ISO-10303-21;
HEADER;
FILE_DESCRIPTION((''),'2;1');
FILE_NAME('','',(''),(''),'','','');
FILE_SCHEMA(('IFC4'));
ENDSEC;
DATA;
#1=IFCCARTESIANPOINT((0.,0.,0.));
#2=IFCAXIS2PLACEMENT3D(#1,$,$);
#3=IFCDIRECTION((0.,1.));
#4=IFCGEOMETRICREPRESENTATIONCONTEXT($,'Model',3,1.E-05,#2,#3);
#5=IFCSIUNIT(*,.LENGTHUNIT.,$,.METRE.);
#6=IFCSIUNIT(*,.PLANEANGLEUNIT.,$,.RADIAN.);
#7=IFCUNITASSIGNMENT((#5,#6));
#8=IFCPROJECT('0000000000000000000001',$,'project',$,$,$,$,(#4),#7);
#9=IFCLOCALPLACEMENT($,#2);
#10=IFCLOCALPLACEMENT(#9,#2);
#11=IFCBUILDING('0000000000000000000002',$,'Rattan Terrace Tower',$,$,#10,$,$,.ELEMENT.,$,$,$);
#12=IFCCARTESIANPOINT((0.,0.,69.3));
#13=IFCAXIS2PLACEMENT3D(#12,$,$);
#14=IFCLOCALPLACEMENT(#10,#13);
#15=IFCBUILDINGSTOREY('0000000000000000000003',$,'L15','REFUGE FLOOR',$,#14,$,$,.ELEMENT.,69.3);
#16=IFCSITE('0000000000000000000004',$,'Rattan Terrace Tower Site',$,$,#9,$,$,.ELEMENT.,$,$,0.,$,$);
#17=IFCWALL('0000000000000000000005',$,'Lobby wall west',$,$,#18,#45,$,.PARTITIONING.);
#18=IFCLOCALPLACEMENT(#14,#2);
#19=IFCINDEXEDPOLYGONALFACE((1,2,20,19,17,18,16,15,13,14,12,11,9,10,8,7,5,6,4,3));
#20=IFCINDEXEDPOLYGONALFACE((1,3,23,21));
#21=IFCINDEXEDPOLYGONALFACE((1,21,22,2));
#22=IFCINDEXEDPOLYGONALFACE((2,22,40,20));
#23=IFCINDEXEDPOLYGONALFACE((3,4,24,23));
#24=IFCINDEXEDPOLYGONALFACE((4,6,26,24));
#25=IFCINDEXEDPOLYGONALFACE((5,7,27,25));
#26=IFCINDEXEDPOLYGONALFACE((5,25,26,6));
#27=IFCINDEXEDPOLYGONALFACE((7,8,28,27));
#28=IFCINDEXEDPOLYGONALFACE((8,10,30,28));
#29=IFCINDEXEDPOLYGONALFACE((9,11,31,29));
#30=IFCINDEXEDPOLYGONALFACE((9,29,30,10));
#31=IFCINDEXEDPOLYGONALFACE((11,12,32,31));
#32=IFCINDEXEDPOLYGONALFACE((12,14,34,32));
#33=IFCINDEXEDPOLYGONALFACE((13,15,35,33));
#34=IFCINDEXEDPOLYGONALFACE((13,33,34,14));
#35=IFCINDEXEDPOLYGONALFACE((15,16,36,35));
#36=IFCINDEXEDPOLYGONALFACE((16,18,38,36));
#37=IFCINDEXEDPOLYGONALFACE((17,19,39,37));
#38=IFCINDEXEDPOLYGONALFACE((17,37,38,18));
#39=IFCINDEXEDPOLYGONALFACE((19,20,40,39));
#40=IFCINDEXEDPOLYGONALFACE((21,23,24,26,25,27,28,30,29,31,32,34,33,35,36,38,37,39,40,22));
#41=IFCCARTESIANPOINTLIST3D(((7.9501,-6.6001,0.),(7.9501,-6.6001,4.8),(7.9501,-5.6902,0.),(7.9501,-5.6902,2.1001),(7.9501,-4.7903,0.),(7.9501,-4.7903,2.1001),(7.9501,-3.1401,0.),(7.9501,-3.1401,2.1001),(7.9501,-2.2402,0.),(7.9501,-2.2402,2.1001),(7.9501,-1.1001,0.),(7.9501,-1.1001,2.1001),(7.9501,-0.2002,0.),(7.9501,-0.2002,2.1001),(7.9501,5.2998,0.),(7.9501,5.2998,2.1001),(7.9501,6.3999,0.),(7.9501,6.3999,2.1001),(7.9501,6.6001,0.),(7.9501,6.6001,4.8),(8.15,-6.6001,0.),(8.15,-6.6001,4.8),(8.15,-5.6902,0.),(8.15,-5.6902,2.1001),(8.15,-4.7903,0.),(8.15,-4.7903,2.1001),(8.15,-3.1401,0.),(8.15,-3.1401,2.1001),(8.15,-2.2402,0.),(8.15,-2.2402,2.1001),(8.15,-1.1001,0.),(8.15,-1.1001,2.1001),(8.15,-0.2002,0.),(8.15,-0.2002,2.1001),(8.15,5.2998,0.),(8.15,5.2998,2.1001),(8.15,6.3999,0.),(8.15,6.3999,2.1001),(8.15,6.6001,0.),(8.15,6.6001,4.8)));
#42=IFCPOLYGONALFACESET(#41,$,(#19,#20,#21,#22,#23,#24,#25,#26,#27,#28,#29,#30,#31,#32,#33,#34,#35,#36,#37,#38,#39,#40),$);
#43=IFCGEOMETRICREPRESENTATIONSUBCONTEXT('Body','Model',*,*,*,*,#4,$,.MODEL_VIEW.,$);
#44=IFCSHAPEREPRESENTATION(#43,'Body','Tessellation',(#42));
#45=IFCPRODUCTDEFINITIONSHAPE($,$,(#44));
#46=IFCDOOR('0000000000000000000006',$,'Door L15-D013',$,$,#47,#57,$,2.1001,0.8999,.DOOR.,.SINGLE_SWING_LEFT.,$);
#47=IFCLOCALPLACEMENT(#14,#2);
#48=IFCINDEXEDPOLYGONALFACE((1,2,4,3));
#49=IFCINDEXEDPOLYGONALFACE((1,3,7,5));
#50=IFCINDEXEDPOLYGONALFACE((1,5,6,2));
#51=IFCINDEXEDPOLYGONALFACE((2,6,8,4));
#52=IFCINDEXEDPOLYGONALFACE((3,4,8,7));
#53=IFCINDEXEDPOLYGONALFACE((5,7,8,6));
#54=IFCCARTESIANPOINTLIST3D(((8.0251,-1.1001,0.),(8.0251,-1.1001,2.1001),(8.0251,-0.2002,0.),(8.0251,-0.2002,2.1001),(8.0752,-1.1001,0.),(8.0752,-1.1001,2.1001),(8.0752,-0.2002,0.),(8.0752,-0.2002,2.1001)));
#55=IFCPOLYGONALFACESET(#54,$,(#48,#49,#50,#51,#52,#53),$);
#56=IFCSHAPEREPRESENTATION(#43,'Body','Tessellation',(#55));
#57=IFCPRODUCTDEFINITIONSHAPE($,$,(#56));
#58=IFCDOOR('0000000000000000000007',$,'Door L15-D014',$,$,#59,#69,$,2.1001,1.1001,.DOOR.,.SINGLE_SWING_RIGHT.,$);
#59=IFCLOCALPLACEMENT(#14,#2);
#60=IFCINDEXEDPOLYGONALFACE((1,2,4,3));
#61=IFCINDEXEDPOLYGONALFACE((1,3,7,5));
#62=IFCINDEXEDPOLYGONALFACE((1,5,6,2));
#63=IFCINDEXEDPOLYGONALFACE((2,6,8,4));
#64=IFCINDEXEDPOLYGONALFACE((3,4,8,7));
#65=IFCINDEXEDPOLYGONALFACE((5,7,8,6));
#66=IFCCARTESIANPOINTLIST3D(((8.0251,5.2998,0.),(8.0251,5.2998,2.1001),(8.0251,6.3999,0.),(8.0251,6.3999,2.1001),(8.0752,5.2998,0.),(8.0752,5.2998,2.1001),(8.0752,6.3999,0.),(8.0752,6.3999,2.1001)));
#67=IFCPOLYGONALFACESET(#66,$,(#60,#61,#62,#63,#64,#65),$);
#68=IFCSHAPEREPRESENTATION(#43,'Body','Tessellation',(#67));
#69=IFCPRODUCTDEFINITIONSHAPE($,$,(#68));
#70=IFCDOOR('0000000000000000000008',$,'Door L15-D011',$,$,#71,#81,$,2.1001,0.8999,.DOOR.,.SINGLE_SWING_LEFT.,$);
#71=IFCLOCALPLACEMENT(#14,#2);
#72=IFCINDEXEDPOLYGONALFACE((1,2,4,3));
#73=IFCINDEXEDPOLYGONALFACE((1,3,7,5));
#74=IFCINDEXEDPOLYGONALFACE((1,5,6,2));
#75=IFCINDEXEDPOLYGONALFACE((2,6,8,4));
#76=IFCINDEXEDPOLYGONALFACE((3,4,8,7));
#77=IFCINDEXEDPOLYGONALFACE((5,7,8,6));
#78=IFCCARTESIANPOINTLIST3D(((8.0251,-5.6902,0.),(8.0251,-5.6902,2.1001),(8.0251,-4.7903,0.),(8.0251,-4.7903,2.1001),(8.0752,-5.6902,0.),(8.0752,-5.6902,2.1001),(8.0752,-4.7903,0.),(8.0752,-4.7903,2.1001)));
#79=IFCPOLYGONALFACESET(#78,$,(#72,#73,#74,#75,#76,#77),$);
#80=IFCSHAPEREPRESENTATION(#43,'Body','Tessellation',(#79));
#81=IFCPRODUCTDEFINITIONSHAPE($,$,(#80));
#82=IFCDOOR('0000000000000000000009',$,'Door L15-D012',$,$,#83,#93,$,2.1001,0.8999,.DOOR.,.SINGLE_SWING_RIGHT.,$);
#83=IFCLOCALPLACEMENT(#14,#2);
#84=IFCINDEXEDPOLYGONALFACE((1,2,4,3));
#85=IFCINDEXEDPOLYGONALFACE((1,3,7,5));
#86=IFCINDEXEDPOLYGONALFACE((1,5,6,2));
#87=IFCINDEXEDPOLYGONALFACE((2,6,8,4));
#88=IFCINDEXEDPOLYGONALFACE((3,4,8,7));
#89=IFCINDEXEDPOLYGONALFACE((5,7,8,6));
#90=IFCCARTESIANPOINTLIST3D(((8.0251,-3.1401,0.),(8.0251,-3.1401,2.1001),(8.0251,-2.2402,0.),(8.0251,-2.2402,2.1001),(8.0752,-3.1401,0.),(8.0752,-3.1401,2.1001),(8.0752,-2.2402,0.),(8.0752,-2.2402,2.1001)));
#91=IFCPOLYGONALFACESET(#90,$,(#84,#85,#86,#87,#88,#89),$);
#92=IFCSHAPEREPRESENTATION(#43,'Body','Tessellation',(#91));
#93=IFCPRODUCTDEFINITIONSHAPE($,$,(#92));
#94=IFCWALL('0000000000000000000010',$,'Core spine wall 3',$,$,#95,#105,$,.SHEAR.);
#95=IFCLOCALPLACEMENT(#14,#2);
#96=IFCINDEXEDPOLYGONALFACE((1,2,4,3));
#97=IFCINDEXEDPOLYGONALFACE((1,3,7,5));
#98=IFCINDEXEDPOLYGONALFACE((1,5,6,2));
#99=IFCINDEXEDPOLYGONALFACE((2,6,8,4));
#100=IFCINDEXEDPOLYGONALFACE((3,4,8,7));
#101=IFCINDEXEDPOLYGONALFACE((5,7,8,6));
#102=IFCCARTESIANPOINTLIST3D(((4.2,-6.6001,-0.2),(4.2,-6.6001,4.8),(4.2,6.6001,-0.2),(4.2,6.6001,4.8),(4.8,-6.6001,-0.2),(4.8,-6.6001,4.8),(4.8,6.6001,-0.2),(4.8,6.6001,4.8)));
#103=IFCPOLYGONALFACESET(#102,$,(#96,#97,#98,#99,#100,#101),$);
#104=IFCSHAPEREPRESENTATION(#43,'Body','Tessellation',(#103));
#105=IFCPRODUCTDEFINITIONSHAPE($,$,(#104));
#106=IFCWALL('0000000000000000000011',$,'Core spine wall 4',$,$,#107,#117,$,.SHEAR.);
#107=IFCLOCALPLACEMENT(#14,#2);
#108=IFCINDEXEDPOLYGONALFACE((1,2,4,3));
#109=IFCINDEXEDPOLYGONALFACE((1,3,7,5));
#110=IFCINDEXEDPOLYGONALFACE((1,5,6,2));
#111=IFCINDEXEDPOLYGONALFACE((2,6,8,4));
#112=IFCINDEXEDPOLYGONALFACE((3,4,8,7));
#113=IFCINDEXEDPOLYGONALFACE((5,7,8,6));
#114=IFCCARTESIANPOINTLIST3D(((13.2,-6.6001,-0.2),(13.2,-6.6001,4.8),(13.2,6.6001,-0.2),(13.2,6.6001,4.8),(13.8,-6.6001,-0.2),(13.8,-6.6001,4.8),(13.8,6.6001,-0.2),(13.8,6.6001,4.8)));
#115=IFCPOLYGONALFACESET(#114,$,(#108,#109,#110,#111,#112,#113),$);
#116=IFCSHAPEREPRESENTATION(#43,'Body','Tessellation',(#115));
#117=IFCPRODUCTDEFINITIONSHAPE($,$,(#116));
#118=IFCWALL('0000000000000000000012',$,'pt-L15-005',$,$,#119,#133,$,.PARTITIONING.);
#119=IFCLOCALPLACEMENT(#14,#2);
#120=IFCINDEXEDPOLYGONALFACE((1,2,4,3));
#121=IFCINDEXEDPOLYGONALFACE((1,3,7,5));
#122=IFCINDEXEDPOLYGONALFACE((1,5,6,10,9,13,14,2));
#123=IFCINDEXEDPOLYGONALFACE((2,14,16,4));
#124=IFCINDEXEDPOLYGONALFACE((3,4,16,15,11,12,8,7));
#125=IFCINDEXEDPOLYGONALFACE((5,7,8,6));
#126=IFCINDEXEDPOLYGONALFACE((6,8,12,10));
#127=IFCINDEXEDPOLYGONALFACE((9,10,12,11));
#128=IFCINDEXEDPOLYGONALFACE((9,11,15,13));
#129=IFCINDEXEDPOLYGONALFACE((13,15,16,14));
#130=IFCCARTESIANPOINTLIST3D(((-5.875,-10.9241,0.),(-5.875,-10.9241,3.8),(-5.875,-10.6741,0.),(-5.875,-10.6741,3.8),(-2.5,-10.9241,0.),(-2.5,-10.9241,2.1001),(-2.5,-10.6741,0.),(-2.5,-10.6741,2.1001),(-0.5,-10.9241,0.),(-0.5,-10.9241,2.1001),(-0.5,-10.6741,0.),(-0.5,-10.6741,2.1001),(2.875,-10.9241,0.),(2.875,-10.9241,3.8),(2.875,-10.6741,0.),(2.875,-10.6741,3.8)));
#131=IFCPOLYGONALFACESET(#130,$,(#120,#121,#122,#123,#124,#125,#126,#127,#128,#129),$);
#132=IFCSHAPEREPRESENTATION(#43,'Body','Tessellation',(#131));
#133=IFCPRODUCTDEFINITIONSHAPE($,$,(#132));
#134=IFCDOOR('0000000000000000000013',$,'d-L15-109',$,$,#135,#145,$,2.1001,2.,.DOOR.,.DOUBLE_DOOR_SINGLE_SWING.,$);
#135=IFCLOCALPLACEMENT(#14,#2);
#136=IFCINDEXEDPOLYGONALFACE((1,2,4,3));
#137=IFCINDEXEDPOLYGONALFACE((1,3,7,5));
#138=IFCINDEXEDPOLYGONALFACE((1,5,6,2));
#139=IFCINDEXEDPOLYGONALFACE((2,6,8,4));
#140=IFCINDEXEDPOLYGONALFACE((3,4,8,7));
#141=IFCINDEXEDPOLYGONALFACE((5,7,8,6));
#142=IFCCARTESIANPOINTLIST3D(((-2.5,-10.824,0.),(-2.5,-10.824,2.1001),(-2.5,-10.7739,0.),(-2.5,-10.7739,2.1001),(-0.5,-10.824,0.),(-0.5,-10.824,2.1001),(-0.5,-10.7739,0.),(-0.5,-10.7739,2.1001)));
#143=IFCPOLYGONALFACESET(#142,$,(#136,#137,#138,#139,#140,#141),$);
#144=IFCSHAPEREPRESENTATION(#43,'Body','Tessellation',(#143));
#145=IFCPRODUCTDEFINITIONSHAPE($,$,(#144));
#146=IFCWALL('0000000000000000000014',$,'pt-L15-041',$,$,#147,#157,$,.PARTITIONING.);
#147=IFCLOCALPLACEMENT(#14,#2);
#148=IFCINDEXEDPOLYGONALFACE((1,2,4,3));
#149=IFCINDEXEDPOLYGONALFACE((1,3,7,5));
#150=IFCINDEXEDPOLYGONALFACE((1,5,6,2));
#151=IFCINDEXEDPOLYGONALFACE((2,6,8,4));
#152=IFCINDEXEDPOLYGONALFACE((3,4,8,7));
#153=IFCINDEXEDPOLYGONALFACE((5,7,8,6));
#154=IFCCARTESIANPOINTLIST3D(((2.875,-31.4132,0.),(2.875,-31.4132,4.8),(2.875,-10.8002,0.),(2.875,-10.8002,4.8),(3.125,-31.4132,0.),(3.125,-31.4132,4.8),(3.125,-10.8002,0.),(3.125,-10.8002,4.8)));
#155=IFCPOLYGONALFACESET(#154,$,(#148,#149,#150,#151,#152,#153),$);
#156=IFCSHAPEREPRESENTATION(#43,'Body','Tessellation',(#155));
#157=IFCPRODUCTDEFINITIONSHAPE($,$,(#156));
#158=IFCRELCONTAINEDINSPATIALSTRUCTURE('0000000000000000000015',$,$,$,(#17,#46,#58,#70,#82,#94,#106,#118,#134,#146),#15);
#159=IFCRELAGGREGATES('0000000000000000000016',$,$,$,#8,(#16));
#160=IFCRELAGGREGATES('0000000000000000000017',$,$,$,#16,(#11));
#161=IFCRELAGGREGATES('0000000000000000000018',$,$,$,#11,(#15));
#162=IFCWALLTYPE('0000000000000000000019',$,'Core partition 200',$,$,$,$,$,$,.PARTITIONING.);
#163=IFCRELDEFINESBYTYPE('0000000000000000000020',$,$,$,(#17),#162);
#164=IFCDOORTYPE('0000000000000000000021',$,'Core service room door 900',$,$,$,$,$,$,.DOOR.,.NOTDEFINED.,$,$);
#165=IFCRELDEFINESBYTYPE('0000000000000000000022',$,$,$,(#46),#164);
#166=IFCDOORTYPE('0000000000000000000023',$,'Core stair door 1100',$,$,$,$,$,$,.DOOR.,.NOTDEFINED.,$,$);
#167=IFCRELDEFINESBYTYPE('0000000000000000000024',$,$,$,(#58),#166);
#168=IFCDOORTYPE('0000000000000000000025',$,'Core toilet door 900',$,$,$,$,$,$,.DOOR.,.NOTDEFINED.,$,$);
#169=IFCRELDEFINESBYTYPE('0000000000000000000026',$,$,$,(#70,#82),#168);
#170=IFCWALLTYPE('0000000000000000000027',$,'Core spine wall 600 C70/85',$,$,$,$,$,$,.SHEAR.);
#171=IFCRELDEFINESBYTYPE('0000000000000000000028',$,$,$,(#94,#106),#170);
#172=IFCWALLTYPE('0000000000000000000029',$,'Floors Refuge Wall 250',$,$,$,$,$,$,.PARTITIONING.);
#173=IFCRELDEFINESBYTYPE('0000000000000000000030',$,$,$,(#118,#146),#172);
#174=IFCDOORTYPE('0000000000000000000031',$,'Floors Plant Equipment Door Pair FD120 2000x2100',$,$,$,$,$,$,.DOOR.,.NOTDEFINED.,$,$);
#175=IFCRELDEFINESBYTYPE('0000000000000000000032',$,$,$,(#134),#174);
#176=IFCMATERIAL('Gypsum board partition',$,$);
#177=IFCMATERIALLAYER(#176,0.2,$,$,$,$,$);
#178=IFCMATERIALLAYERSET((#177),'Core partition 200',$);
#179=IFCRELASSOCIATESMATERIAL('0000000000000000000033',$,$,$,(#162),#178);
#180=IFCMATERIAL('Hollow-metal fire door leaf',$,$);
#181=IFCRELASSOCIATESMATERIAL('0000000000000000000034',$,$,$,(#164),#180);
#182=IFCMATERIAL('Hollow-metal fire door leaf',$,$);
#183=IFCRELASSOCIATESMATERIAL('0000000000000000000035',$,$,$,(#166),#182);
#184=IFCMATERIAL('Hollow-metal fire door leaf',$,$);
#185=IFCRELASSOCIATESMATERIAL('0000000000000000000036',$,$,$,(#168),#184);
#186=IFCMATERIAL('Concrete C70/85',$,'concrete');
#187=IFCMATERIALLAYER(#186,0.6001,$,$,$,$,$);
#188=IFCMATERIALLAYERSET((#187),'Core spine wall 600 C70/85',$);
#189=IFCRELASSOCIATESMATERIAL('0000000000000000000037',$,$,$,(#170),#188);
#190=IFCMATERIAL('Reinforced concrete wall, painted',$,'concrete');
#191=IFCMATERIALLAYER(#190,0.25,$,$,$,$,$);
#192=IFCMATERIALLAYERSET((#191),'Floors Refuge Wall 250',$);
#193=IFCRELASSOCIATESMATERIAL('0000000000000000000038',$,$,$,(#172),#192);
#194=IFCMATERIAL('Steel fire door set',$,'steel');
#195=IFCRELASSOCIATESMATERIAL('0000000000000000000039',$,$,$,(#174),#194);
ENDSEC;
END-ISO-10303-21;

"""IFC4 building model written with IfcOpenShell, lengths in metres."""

from ifc_helpers import new_model, si_unit, direction, frame, frame_2d, origin, place, context, subcontext, project, spatial, rectangle, extrude, material, layer, layer_set, type_object, element, fill, save


model = new_model("IFC4")

# Units and contexts
model_context = context("Model", 3, precision=1e-05, world=origin(), true_north=direction((0.0, 1.0)))
body_context = subcontext(model_context, "Body", "Model", "MODEL_VIEW")
ifc_project = project(units=[si_unit("LENGTHUNIT", "METRE"), si_unit("PLANEANGLEUNIT", "RADIAN")], contexts=[model_context])

# Site, building, storey
site_placement = place(None, origin())
site = spatial("IfcSite", under=ifc_project, at=site_placement, Name="Rattan Terrace Tower Site", CompositionType="ELEMENT", RefElevation=0.0)
building_placement = place(site_placement, origin())
building = spatial("IfcBuilding", under=site, at=building_placement, Name="Rattan Terrace Tower", CompositionType="ELEMENT")
storey_placement = place(building_placement, frame((0.0, 0.0, 69.3)))
storey = spatial("IfcBuildingStorey", under=building, at=storey_placement, Name="L15", Description="REFUGE FLOOR", CompositionType="ELEMENT", Elevation=69.3)

# Shared definitions
ifc_material_1 = material(Name="Gypsum board partition")
ifc_layer_1 = layer(ifc_material_1, 0.2)
ifc_layer_set_1 = layer_set([ifc_layer_1], Name="Core partition 200")
wall_type_1 = type_object("IfcWallType", Name="Core partition 200", PredefinedType="PARTITIONING", material=ifc_layer_set_1)

# Wall, openings, doors
wall_1_placement = place(storey_placement, frame((8.05, -6.6001, 0.0), z_axis=(0.0, 0.0, 1.0), x_axis=(0.0, 1.0, 0.0)))
wall_1 = element("IfcWall", 1, at=wall_1_placement, inside=storey, type_object=wall_type_1, Name="Lobby wall west", PredefinedType="PARTITIONING", context=body_context, shape_type="SweptSolid", body=[
    extrude(rectangle(XDim=13.2002, YDim=0.2, at=frame_2d((6.6001, 0.0))), origin(), (0.0, 0.0, 1.0), 4.8),
])
opening_1_placement = place(wall_1_placement, frame((0.9099, 0.0, 0.0)))
opening_1 = element("IfcOpeningElement", 2, at=opening_1_placement, cuts=wall_1, PredefinedType="OPENING", context=body_context, shape_type="SweptSolid", body=[
    extrude(rectangle(XDim=0.8999, YDim=2.1001, at=frame_2d((0.45, 1.05))), frame((0.0, 0.1106, 0.0), z_axis=(0.0, -1.0, 0.0), x_axis=(1.0, 0.0, 0.0)), (0.0, 0.0, 1.0), 0.2209),
])
opening_2_placement = place(wall_1_placement, frame((3.46, 0.0, 0.0)))
opening_2 = element("IfcOpeningElement", 3, at=opening_2_placement, cuts=wall_1, PredefinedType="OPENING", context=body_context, shape_type="SweptSolid", body=[
    extrude(rectangle(XDim=0.8999, YDim=2.1001, at=frame_2d((0.45, 1.05))), frame((0.0, 0.1106, 0.0), z_axis=(0.0, -1.0, 0.0), x_axis=(1.0, 0.0, 0.0)), (0.0, 0.0, 1.0), 0.2209),
])
opening_3_placement = place(wall_1_placement, frame((5.5, 0.0, 0.0)))
opening_3 = element("IfcOpeningElement", 4, at=opening_3_placement, cuts=wall_1, PredefinedType="OPENING", context=body_context, shape_type="SweptSolid", body=[
    extrude(rectangle(XDim=0.8999, YDim=2.1001, at=frame_2d((0.45, 1.05))), frame((0.0, 0.1106, 0.0), z_axis=(0.0, -1.0, 0.0), x_axis=(1.0, 0.0, 0.0)), (0.0, 0.0, 1.0), 0.2209),
])
opening_4_placement = place(wall_1_placement, frame((11.8999, 0.0, 0.0)))
opening_4 = element("IfcOpeningElement", 5, at=opening_4_placement, cuts=wall_1, PredefinedType="OPENING", context=body_context, shape_type="SweptSolid", body=[
    extrude(rectangle(XDim=1.1001, YDim=2.1001, at=frame_2d((0.55, 1.05))), frame((0.0, 0.1106, 0.0), z_axis=(0.0, -1.0, 0.0), x_axis=(1.0, 0.0, 0.0)), (0.0, 0.0, 1.0), 0.2209),
])
ifc_material_2 = material(Name="Hollow-metal fire door leaf")
door_type_1 = type_object("IfcDoorType", Name="Core service room door 900", OperationType="NOTDEFINED", PredefinedType="DOOR", material=ifc_material_2)
door_1_placement = place(opening_3_placement, origin())
door_1 = element("IfcDoor", 6, at=door_1_placement, inside=storey, type_object=door_type_1, Name="Door L15-D013", OperationType="SINGLE_SWING_LEFT", OverallHeight=2.1001, OverallWidth=0.8999, PredefinedType="DOOR", context=body_context, shape_type="SweptSolid", body=[
    extrude(rectangle(XDim=0.8999, YDim=2.1001, at=frame_2d((0.45, 1.05))), frame((0.0, 0.0249, 0.0), z_axis=(0.0, -1.0, 0.0), x_axis=(1.0, 0.0, 0.0)), (0.0, 0.0, 1.0), 0.05),
])
fill(opening_3, door_1)
ifc_material_3 = material(Name="Hollow-metal fire door leaf")
door_type_2 = type_object("IfcDoorType", Name="Core stair door 1100", OperationType="NOTDEFINED", PredefinedType="DOOR", material=ifc_material_3)
door_2_placement = place(opening_4_placement, origin())
door_2 = element("IfcDoor", 7, at=door_2_placement, inside=storey, type_object=door_type_2, Name="Door L15-D014", OperationType="SINGLE_SWING_RIGHT", OverallHeight=2.1001, OverallWidth=1.1001, PredefinedType="DOOR", context=body_context, shape_type="SweptSolid", body=[
    extrude(rectangle(XDim=1.1001, YDim=2.1001, at=frame_2d((0.55, 1.05))), frame((0.0, 0.0249, 0.0), z_axis=(0.0, -1.0, 0.0), x_axis=(1.0, 0.0, 0.0)), (0.0, 0.0, 1.0), 0.05),
])
fill(opening_4, door_2)
ifc_material_4 = material(Name="Hollow-metal fire door leaf")
door_type_3 = type_object("IfcDoorType", Name="Core toilet door 900", OperationType="NOTDEFINED", PredefinedType="DOOR", material=ifc_material_4)
door_3_placement = place(opening_1_placement, origin())
door_3 = element("IfcDoor", 8, at=door_3_placement, inside=storey, type_object=door_type_3, Name="Door L15-D011", OperationType="SINGLE_SWING_LEFT", OverallHeight=2.1001, OverallWidth=0.8999, PredefinedType="DOOR", context=body_context, shape_type="SweptSolid", body=[
    extrude(rectangle(XDim=0.8999, YDim=2.1001, at=frame_2d((0.45, 1.05))), frame((0.0, 0.0249, 0.0), z_axis=(0.0, -1.0, 0.0), x_axis=(1.0, 0.0, 0.0)), (0.0, 0.0, 1.0), 0.05),
])
fill(opening_1, door_3)
door_4_placement = place(opening_2_placement, origin())
door_4 = element("IfcDoor", 9, at=door_4_placement, inside=storey, type_object=door_type_3, Name="Door L15-D012", OperationType="SINGLE_SWING_RIGHT", OverallHeight=2.1001, OverallWidth=0.8999, PredefinedType="DOOR", context=body_context, shape_type="SweptSolid", body=[
    extrude(rectangle(XDim=0.8999, YDim=2.1001, at=frame_2d((0.45, 1.05))), frame((0.0, 0.0249, 0.0), z_axis=(0.0, -1.0, 0.0), x_axis=(1.0, 0.0, 0.0)), (0.0, 0.0, 1.0), 0.05),
])
fill(opening_2, door_4)

# Walls
ifc_material_5 = material(Name="Concrete C70/85", Category="concrete")
ifc_layer_2 = layer(ifc_material_5, 0.6001)
ifc_layer_set_2 = layer_set([ifc_layer_2], Name="Core spine wall 600 C70/85")
wall_type_2 = type_object("IfcWallType", Name="Core spine wall 600 C70/85", PredefinedType="SHEAR", material=ifc_layer_set_2)
for number, where, z_axis, x_axis, name in (
    (10, (4.5, -6.6001, -0.2), (0.0, 0.0, 1.0), (0.0, 1.0, 0.0), "Core spine wall 3"),
    (11, (13.5, -6.6001, -0.2), (0.0, 0.0, 1.0), (0.0, 1.0, 0.0), "Core spine wall 4"),
):
    element("IfcWall", number, at=place(storey_placement, frame(where, z_axis=z_axis, x_axis=x_axis)), inside=storey, type_object=wall_type_2, Name=name, PredefinedType="SHEAR", context=body_context, shape_type="SweptSolid", body=[
        extrude(rectangle(XDim=13.2002, YDim=0.6001, at=frame_2d((6.6001, 0.0))), origin(), (0.0, 0.0, 1.0), 5.0),
    ])

# Wall, opening, door
ifc_material_6 = material(Name="Reinforced concrete wall, painted", Category="concrete")
ifc_layer_3 = layer(ifc_material_6, 0.25)
ifc_layer_set_3 = layer_set([ifc_layer_3], Name="Floors Refuge Wall 250")
wall_type_3 = type_object("IfcWallType", Name="Floors Refuge Wall 250", PredefinedType="PARTITIONING", material=ifc_layer_set_3)
wall_2_placement = place(storey_placement, frame((2.875, -10.7991, 0.0), z_axis=(0.0, 0.0, 1.0), x_axis=(-1.0, 0.0, 0.0)))
wall_2 = element("IfcWall", 12, at=wall_2_placement, inside=storey, type_object=wall_type_3, Name="pt-L15-005", PredefinedType="PARTITIONING", context=body_context, shape_type="SweptSolid", body=[
    extrude(rectangle(XDim=8.75, YDim=0.25, at=frame_2d((4.375, 0.0))), origin(), (0.0, 0.0, 1.0), 3.8),
])
opening_5_placement = place(wall_2_placement, frame((3.375, 0.0, 0.0)))
opening_5 = element("IfcOpeningElement", 13, at=opening_5_placement, cuts=wall_2, PredefinedType="OPENING", context=body_context, shape_type="SweptSolid", body=[
    extrude(rectangle(XDim=2.0, YDim=2.1001, at=frame_2d((1.0, 1.05))), frame((0.0, 0.1355, 0.0), z_axis=(0.0, -1.0, 0.0), x_axis=(1.0, 0.0, 0.0)), (0.0, 0.0, 1.0), 0.271),
])
ifc_material_7 = material(Name="Steel fire door set", Category="steel")
door_type_4 = type_object("IfcDoorType", Name="Floors Plant Equipment Door Pair FD120 2000x2100", OperationType="NOTDEFINED", PredefinedType="DOOR", material=ifc_material_7)
door_5_placement = place(opening_5_placement, origin())
door_5 = element("IfcDoor", 14, at=door_5_placement, inside=storey, type_object=door_type_4, Name="d-L15-109", OperationType="DOUBLE_DOOR_SINGLE_SWING", OverallHeight=2.1001, OverallWidth=2.0, PredefinedType="DOOR", context=body_context, shape_type="SweptSolid", body=[
    extrude(rectangle(XDim=2.0, YDim=2.1001, at=frame_2d((1.0, 1.05))), frame((0.0, 0.0249, 0.0), z_axis=(0.0, -1.0, 0.0), x_axis=(1.0, 0.0, 0.0)), (0.0, 0.0, 1.0), 0.05),
])
fill(opening_5, door_5)

# Wall
wall_3_placement = place(storey_placement, frame((3.0, -10.8, 0.0), z_axis=(0.0, 0.0, 1.0), x_axis=(0.0, -1.0, 0.0)))
element("IfcWall", 15, at=wall_3_placement, inside=storey, type_object=wall_type_3, Name="pt-L15-041", PredefinedType="PARTITIONING", context=body_context, shape_type="SweptSolid", body=[
    extrude(rectangle(XDim=20.613, YDim=0.25, at=frame_2d((10.3066, 0.0))), origin(), (0.0, 0.0, 1.0), 4.8),
])

save(model, "model.ifc")
